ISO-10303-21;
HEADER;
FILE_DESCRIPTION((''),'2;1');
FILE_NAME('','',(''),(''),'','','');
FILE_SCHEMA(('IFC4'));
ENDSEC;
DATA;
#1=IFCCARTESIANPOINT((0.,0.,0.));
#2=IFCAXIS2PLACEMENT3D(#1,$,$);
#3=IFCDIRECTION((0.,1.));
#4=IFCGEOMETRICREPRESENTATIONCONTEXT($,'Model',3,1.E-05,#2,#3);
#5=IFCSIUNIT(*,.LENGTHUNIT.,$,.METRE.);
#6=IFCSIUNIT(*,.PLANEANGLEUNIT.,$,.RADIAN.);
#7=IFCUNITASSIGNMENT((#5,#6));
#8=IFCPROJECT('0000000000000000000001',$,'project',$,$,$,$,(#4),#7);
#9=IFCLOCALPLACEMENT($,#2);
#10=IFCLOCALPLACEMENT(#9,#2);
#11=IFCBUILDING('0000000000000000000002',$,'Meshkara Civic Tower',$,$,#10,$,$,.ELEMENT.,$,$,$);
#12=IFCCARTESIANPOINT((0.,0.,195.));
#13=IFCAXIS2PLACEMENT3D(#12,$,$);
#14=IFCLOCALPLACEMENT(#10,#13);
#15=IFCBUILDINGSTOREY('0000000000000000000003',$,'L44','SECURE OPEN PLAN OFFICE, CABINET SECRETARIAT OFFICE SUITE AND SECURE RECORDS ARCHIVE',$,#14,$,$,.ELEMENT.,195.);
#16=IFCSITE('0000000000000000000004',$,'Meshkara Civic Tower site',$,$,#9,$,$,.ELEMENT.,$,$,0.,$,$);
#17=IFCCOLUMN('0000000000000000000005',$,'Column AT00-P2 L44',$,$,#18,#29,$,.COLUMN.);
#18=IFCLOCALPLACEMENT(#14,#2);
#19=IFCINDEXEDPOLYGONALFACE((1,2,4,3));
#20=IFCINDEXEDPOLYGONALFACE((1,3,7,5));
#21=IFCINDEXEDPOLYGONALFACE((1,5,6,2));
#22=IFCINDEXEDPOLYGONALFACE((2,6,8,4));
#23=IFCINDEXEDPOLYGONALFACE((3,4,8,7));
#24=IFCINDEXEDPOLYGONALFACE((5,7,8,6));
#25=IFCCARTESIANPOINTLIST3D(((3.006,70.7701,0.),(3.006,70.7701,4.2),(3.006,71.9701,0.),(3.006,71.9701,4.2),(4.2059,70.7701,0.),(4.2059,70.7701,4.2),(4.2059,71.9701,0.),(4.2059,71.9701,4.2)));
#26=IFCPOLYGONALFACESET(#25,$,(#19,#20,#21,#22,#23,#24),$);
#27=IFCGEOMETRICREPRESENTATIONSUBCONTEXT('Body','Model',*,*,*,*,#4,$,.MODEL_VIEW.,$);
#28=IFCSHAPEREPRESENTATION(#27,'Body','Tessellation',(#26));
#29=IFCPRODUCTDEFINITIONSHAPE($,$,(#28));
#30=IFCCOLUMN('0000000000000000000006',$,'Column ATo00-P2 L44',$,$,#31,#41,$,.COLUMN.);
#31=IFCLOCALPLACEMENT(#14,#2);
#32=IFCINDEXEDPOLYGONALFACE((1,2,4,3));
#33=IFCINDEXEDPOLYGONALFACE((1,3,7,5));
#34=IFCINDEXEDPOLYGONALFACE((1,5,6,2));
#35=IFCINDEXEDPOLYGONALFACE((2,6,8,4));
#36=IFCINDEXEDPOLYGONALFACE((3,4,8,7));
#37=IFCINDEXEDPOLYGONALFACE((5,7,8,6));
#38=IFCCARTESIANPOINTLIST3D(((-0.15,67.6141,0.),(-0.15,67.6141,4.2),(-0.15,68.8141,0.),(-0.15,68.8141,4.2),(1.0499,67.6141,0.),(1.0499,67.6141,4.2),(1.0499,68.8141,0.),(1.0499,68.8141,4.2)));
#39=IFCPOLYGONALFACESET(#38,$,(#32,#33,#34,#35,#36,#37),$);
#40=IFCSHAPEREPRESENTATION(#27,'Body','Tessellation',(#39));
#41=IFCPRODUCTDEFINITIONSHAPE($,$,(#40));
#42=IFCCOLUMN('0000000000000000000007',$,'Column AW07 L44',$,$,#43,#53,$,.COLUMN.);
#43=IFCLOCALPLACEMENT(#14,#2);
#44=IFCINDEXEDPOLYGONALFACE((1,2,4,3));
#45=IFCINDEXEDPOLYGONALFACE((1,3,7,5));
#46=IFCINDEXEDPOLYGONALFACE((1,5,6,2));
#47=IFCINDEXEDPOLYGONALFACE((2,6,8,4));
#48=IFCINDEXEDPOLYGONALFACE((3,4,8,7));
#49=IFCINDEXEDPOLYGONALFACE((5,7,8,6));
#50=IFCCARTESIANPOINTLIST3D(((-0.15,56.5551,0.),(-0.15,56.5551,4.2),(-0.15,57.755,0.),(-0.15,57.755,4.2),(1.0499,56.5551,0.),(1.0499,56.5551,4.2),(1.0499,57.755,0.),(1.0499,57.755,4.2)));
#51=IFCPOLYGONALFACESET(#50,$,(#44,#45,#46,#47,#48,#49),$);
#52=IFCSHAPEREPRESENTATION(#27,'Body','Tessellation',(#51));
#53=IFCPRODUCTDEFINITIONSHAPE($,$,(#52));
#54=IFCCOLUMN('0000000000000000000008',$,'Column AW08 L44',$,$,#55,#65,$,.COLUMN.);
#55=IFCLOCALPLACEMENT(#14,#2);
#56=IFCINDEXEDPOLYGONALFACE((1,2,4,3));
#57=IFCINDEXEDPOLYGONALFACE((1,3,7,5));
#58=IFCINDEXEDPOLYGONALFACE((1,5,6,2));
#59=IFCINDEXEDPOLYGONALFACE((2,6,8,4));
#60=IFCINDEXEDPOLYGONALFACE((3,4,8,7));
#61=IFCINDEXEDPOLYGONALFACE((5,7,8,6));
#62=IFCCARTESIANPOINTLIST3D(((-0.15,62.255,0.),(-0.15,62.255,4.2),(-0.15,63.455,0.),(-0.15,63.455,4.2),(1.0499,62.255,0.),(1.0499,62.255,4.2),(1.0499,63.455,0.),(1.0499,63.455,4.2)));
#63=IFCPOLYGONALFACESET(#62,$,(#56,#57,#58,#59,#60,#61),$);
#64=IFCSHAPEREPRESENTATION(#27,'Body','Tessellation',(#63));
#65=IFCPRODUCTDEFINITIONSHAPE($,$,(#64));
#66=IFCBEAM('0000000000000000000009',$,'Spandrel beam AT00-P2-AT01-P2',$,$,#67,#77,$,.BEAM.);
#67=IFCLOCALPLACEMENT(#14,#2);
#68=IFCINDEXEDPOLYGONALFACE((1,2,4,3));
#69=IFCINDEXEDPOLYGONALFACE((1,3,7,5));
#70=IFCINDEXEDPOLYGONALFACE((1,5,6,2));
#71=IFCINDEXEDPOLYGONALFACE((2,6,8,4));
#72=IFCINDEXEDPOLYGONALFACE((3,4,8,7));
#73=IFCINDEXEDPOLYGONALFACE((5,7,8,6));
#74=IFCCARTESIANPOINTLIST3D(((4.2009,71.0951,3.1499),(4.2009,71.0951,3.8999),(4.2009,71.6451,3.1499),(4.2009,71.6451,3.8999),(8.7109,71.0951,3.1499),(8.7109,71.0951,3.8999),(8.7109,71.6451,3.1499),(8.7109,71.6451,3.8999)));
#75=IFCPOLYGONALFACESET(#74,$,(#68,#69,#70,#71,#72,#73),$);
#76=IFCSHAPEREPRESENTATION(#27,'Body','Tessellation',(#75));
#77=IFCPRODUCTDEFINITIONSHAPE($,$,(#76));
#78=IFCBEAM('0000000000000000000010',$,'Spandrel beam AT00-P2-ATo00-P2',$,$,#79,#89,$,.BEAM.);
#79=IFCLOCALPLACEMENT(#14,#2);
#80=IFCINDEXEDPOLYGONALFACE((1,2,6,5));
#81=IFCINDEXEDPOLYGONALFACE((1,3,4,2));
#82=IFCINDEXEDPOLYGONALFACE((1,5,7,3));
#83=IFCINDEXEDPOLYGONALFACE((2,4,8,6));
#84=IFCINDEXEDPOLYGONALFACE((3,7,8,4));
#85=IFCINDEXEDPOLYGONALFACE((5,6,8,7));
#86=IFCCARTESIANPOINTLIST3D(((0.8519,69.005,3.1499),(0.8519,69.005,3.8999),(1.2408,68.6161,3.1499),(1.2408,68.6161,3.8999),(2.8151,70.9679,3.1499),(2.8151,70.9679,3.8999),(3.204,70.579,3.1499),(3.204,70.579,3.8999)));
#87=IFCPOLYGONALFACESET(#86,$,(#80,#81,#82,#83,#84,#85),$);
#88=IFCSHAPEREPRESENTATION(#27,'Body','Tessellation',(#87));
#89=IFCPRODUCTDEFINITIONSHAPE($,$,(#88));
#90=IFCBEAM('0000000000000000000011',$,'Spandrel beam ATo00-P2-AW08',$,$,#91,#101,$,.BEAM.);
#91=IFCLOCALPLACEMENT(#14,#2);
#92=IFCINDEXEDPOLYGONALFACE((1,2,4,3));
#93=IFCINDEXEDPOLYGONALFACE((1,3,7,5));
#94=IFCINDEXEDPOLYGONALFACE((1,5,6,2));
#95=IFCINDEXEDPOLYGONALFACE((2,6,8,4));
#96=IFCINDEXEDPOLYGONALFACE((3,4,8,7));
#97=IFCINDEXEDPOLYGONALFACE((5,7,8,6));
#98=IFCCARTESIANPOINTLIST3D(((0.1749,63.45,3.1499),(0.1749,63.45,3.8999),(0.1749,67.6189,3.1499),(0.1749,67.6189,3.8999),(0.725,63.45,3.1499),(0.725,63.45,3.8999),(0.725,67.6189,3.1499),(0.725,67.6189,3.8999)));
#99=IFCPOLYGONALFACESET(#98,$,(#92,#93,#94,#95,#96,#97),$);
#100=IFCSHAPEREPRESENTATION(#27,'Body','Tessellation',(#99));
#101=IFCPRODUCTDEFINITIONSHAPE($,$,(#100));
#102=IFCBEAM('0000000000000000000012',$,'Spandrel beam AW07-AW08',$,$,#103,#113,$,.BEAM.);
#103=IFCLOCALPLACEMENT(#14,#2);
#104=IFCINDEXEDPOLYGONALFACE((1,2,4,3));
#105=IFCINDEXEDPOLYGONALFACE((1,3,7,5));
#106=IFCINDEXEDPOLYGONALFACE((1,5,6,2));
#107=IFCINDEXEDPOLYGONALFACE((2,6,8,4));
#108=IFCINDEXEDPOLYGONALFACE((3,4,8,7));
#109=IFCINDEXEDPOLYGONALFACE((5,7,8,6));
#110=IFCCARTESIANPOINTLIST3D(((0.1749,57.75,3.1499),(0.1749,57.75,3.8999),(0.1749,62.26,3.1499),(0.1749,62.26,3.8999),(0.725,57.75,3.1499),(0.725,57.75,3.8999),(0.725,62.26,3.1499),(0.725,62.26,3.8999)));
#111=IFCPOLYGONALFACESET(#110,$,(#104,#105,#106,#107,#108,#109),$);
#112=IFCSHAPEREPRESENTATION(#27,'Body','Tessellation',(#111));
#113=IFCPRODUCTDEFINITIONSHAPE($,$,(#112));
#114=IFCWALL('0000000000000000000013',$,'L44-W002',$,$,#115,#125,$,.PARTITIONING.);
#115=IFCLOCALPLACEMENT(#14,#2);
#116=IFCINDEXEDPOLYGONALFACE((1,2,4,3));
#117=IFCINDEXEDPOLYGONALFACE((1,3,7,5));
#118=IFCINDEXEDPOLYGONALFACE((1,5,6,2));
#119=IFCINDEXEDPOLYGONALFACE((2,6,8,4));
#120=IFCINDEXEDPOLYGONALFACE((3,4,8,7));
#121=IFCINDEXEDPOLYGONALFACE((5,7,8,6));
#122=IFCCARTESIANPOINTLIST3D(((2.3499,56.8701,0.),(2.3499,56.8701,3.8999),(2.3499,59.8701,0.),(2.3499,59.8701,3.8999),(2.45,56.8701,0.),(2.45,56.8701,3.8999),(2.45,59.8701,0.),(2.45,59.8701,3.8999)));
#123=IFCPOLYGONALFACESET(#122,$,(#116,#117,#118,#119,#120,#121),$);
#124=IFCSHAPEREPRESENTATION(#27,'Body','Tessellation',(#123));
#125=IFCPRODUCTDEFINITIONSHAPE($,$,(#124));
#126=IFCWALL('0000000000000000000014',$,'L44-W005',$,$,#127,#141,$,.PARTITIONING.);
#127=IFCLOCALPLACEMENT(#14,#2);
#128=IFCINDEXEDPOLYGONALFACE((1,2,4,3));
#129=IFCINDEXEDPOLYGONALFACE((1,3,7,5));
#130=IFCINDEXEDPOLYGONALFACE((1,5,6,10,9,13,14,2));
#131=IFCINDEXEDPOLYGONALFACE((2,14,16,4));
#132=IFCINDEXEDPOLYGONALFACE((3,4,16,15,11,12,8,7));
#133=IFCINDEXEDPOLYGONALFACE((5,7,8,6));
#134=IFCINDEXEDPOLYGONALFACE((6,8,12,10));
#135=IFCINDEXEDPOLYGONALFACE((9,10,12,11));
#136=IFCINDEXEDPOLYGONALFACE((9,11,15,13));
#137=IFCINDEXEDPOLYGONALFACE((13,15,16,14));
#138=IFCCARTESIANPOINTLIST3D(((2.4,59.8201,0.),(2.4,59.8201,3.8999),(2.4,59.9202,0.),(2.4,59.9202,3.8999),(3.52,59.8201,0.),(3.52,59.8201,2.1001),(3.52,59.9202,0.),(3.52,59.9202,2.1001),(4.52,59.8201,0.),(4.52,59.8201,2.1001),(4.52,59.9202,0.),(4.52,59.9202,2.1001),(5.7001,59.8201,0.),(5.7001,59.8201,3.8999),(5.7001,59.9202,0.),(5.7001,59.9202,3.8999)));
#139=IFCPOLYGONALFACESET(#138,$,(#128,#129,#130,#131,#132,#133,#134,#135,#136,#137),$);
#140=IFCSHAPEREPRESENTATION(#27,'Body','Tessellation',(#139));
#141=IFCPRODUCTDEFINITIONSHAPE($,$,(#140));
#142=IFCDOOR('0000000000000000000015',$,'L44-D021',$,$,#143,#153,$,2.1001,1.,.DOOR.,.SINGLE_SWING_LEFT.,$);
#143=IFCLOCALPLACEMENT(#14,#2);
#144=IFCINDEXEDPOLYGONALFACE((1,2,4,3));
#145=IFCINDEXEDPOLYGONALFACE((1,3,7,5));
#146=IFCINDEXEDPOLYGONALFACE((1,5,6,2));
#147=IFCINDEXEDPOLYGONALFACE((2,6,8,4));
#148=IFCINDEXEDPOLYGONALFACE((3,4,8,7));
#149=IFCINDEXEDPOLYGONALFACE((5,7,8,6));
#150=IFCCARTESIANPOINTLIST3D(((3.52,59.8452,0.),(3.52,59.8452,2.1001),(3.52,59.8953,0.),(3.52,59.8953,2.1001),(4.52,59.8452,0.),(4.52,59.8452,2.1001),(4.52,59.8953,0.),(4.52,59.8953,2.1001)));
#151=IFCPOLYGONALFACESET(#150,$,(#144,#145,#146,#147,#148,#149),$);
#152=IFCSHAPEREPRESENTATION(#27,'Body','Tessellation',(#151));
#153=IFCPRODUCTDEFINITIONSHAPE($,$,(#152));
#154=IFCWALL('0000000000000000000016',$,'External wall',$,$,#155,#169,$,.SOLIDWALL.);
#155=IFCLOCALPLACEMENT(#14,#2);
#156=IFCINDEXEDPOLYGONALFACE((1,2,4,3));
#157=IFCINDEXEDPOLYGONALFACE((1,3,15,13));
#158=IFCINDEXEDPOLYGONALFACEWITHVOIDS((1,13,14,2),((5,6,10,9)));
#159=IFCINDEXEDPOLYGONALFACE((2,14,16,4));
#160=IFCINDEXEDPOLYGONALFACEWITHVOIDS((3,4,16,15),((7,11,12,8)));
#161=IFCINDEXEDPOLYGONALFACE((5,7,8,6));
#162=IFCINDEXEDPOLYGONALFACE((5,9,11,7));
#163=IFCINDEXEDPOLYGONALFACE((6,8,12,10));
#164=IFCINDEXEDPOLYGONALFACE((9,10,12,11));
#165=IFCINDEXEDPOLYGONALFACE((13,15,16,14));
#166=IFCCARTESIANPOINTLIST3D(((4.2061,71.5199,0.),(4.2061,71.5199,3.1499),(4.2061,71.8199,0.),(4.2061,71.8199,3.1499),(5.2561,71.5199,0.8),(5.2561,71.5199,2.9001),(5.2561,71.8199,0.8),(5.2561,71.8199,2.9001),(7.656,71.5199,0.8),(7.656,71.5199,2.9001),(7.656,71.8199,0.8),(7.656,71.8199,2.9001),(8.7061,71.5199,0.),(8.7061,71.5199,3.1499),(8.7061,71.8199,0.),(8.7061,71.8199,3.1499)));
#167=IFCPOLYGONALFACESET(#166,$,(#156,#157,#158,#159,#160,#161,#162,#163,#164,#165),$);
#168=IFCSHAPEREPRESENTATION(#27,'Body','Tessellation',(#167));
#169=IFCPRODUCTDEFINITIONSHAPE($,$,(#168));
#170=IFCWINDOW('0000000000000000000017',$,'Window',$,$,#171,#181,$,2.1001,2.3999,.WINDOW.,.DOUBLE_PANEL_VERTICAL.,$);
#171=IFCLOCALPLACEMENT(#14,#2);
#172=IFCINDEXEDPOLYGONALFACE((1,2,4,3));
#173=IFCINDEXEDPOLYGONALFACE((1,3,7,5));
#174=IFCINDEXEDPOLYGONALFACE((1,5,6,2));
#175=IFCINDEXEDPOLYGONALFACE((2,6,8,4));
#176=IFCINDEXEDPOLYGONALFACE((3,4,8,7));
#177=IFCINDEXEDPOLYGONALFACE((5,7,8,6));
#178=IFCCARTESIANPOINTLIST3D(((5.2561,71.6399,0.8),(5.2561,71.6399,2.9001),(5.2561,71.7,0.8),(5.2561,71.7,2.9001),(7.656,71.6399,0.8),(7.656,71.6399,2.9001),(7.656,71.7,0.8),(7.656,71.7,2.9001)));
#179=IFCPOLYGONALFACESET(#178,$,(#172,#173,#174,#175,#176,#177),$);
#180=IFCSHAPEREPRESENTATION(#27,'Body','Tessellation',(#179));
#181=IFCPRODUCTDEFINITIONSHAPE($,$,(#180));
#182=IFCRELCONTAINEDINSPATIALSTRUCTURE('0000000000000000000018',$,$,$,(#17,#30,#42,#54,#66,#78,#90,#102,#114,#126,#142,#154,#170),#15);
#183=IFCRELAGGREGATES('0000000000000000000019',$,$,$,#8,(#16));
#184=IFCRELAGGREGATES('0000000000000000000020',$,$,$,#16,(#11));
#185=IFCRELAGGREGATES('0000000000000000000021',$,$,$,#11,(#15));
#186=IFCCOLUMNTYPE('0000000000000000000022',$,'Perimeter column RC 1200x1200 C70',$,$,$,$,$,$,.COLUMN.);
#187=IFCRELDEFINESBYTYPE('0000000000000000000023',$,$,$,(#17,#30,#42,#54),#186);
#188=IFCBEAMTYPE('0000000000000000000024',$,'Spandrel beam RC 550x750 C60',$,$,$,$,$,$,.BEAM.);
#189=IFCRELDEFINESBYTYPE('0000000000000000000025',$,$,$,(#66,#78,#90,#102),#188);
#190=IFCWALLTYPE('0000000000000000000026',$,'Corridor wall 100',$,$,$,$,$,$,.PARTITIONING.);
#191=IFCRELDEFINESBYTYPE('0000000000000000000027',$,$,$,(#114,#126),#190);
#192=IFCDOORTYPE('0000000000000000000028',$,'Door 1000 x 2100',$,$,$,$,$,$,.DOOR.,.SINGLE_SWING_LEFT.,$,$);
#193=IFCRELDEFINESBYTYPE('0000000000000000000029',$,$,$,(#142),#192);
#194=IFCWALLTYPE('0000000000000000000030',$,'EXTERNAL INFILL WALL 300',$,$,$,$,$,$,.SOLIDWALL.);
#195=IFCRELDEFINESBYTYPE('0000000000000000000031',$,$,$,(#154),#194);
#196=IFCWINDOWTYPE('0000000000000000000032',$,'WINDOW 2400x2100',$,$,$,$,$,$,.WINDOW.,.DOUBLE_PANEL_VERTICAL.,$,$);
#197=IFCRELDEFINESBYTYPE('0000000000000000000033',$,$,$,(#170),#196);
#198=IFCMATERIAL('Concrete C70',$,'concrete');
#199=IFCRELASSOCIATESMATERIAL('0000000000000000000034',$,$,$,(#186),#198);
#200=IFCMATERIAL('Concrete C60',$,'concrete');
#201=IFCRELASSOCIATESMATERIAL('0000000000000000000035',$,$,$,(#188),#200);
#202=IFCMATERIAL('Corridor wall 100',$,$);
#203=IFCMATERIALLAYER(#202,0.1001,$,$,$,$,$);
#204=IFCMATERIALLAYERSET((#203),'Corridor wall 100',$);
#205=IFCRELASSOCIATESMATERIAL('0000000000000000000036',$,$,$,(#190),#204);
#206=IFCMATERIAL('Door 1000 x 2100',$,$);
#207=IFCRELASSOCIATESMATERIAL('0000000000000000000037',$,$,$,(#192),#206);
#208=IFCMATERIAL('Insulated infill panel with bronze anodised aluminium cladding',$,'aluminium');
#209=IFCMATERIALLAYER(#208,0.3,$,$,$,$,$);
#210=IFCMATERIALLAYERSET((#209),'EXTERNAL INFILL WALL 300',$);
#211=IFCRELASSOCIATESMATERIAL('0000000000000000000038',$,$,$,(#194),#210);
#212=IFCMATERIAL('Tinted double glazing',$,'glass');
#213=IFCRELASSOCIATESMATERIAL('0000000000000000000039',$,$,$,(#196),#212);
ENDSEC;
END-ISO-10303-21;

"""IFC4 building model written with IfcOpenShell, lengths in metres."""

from ifc_helpers import new_model, si_unit, direction, frame, frame_2d, origin, origin_2d, place, context, subcontext, project, spatial, rectangle, extrude, material, layer, layer_set, material_profile, profile_set, type_object, element, fill, save


model = new_model("IFC4")

# Units and contexts
model_context = context("Model", 3, precision=1e-05, world=origin(), true_north=direction((0.0, 1.0)))
body_context = subcontext(model_context, "Body", "Model", "MODEL_VIEW")
ifc_project = project(units=[si_unit("LENGTHUNIT", "METRE"), si_unit("PLANEANGLEUNIT", "RADIAN")], contexts=[model_context])

# Site, building, storey
site_placement = place(None, origin())
site = spatial("IfcSite", under=ifc_project, at=site_placement, Name="Meshkara Civic Tower site", CompositionType="ELEMENT", RefElevation=0.0)
building_placement = place(site_placement, origin())
building = spatial("IfcBuilding", under=site, at=building_placement, Name="Meshkara Civic Tower", CompositionType="ELEMENT")
storey_placement = place(building_placement, frame((0.0, 0.0, 195.0)))
storey = spatial("IfcBuildingStorey", under=building, at=storey_placement, Name="L44", Description="SECURE OPEN PLAN OFFICE, CABINET SECRETARIAT OFFICE SUITE AND SECURE RECORDS ARCHIVE", CompositionType="ELEMENT", Elevation=195.0)

# Columns
ifc_material_1 = material(Name="Concrete C70", Category="concrete")
ifc_material_profile_1 = material_profile(ifc_material_1, rectangle(XDim=1.2, YDim=1.2, at=origin_2d()))
ifc_profile_set_1 = profile_set([ifc_material_profile_1], Name="Concrete C70")
column_type = type_object("IfcColumnType", Name="Perimeter column RC 1200x1200 C70", PredefinedType="COLUMN", material=ifc_profile_set_1)
for number, where, z_axis, x_axis, name in (
    (1, (3.606, 71.3701, 0.0), (0.0, 0.0, 1.0), (1.0, 0.0, 0.0), "Column AT00-P2 L44"),
    (2, (0.45, 68.2141, 0.0), (0.0, 0.0, 1.0), (1.0, 0.0, 0.0), "Column ATo00-P2 L44"),
    (3, (0.45, 57.155, 0.0), (0.0, 0.0, 1.0), (1.0, 0.0, 0.0), "Column AW07 L44"),
    (4, (0.45, 62.855, 0.0), (0.0, 0.0, 1.0), (1.0, 0.0, 0.0), "Column AW08 L44"),
):
    element("IfcColumn", number, at=place(storey_placement, frame(where, z_axis=z_axis, x_axis=x_axis)), inside=storey, type_object=column_type, Name=name, PredefinedType="COLUMN", context=body_context, shape_type="SweptSolid", body=[
        extrude(rectangle(XDim=1.2, YDim=1.2, at=origin_2d()), origin(), (0.0, 0.0, 1.0), 4.2),
    ])

# Beams
ifc_material_2 = material(Name="Concrete C60", Category="concrete")
ifc_material_profile_2 = material_profile(ifc_material_2, rectangle(XDim=0.55, YDim=0.75, at=origin_2d()))
ifc_profile_set_2 = profile_set([ifc_material_profile_2], Name="Concrete C60")
beam_type = type_object("IfcBeamType", Name="Spandrel beam RC 550x750 C60", PredefinedType="BEAM", material=ifc_profile_set_2)
beam_1_placement = place(storey_placement, frame((8.7109, 71.3701, 3.5249), z_axis=(-1.0, 0.0, 0.0), x_axis=(0.0, -1.0, 0.0)))
element("IfcBeam", 5, at=beam_1_placement, inside=storey, type_object=beam_type, Name="Spandrel beam AT00-P2-AT01-P2", PredefinedType="BEAM", context=body_context, shape_type="SweptSolid", body=[
    extrude(rectangle(XDim=0.55, YDim=0.75, at=origin_2d()), origin(), (0.0, 0.0, 1.0), 4.51),
])
beam_2_placement = place(storey_placement, frame((3.0095, 70.7734, 3.5249), z_axis=(-0.707151, -0.707063, 0.0), x_axis=(0.707063, -0.707151, 0.0)))
element("IfcBeam", 6, at=beam_2_placement, inside=storey, type_object=beam_type, Name="Spandrel beam AT00-P2-ATo00-P2", PredefinedType="BEAM", context=body_context, shape_type="SweptSolid", body=[
    extrude(rectangle(XDim=0.55, YDim=0.75, at=origin_2d()), origin(), (0.0, 0.0, 1.0), 2.7761),
])
beam_3_placement = place(storey_placement, frame((0.45, 67.6189, 3.5249), z_axis=(0.0, -1.0, 0.0), x_axis=(1.0, 0.0, 0.0)))
element("IfcBeam", 7, at=beam_3_placement, inside=storey, type_object=beam_type, Name="Spandrel beam ATo00-P2-AW08", PredefinedType="BEAM", context=body_context, shape_type="SweptSolid", body=[
    extrude(rectangle(XDim=0.55, YDim=0.75, at=origin_2d()), origin(), (0.0, 0.0, 1.0), 4.1689),
])
beam_4_placement = place(storey_placement, frame((0.45, 62.26, 3.5249), z_axis=(0.0, -1.0, 0.0), x_axis=(1.0, 0.0, 0.0)))
element("IfcBeam", 8, at=beam_4_placement, inside=storey, type_object=beam_type, Name="Spandrel beam AW07-AW08", PredefinedType="BEAM", context=body_context, shape_type="SweptSolid", body=[
    extrude(rectangle(XDim=0.55, YDim=0.75, at=origin_2d()), origin(), (0.0, 0.0, 1.0), 4.51),
])

# Wall
ifc_material_3 = material(Name="Corridor wall 100")
ifc_layer_1 = layer(ifc_material_3, 0.1001)
ifc_layer_set_1 = layer_set([ifc_layer_1], Name="Corridor wall 100")
wall_type_1 = type_object("IfcWallType", Name="Corridor wall 100", PredefinedType="PARTITIONING", material=ifc_layer_set_1)
wall_1_placement = place(storey_placement, frame((2.3999, 59.8701, 0.0), z_axis=(0.0, 0.0, 1.0), x_axis=(0.0, -1.0, 0.0)))
element("IfcWall", 9, at=wall_1_placement, inside=storey, type_object=wall_type_1, Name="L44-W002", PredefinedType="PARTITIONING", context=body_context, shape_type="SweptSolid", body=[
    extrude(rectangle(XDim=3.0, YDim=0.1001, at=frame_2d((1.5, 0.0))), origin(), (0.0, 0.0, 1.0), 3.8999),
])

# Wall, opening, door
wall_2_placement = place(storey_placement, frame((5.7, 59.8701, 0.0), z_axis=(0.0, 0.0, 1.0), x_axis=(-1.0, 0.0, 0.0)))
wall_2 = element("IfcWall", 10, at=wall_2_placement, inside=storey, type_object=wall_type_1, Name="L44-W005", PredefinedType="PARTITIONING", context=body_context, shape_type="SweptSolid", body=[
    extrude(rectangle(XDim=3.3, YDim=0.1001, at=frame_2d((1.6499, 0.0))), origin(), (0.0, 0.0, 1.0), 3.8999),
])
opening_1_placement = place(wall_2_placement, frame((1.1799, 0.0, 0.0)))
opening_1 = element("IfcOpeningElement", 11, at=opening_1_placement, cuts=wall_2, PredefinedType="OPENING", context=body_context, shape_type="SweptSolid", body=[
    extrude(rectangle(XDim=1.0, YDim=2.1001, at=frame_2d((0.5, 1.05))), frame((0.0, 0.0601, 0.0), z_axis=(0.0, -1.0, 0.0), x_axis=(1.0, 0.0, 0.0)), (0.0, 0.0, 1.0), 0.1201),
])
ifc_material_4 = material(Name="Door 1000 x 2100")
door_type_1 = type_object("IfcDoorType", Name="Door 1000 x 2100", OperationType="SINGLE_SWING_LEFT", PredefinedType="DOOR", material=ifc_material_4)
door_1_placement = place(opening_1_placement, origin())
door_1 = element("IfcDoor", 12, at=door_1_placement, inside=storey, type_object=door_type_1, Name="L44-D021", OperationType="SINGLE_SWING_LEFT", OverallHeight=2.1001, OverallWidth=1.0, PredefinedType="DOOR", context=body_context, shape_type="SweptSolid", body=[
    extrude(rectangle(XDim=1.0, YDim=2.1001, at=frame_2d((0.5, 1.05))), frame((0.0, 0.0249, 0.0), z_axis=(0.0, -1.0, 0.0), x_axis=(1.0, 0.0, 0.0)), (0.0, 0.0, 1.0), 0.05),
])
fill(opening_1, door_1)

# Wall, opening, window
ifc_material_5 = material(Name="Insulated infill panel with bronze anodised aluminium cladding", Category="aluminium")
ifc_layer_2 = layer(ifc_material_5, 0.3)
ifc_layer_set_2 = layer_set([ifc_layer_2], Name="EXTERNAL INFILL WALL 300")
wall_type_2 = type_object("IfcWallType", Name="EXTERNAL INFILL WALL 300", PredefinedType="SOLIDWALL", material=ifc_layer_set_2)
wall_3_placement = place(storey_placement, frame((8.7061, 71.6699, 0.0), z_axis=(0.0, 0.0, 1.0), x_axis=(-1.0, 0.0, 0.0)))
wall_3 = element("IfcWall", 13, at=wall_3_placement, inside=storey, type_object=wall_type_2, Name="External wall", PredefinedType="SOLIDWALL", context=body_context, shape_type="SweptSolid", body=[
    extrude(rectangle(XDim=4.5, YDim=0.3, at=frame_2d((2.25, 0.0))), origin(), (0.0, 0.0, 1.0), 3.1499),
])
opening_2_placement = place(wall_3_placement, frame((1.05, 0.0, 0.8)))
opening_2 = element("IfcOpeningElement", 14, at=opening_2_placement, cuts=wall_3, PredefinedType="OPENING", context=body_context, shape_type="SweptSolid", body=[
    extrude(rectangle(XDim=2.3999, YDim=2.1001, at=frame_2d((1.2, 1.05))), frame((0.0, 0.1599, 0.0), z_axis=(0.0, -1.0, 0.0), x_axis=(1.0, 0.0, 0.0)), (0.0, 0.0, 1.0), 0.3201),
])
ifc_material_6 = material(Name="Tinted double glazing", Category="glass")
window_type_1 = type_object("IfcWindowType", Name="WINDOW 2400x2100", PartitioningType="DOUBLE_PANEL_VERTICAL", PredefinedType="WINDOW", material=ifc_material_6)
window_1_placement = place(opening_2_placement, origin())
window_1 = element("IfcWindow", 15, at=window_1_placement, inside=storey, type_object=window_type_1, Name="Window", OverallHeight=2.1001, OverallWidth=2.3999, PartitioningType="DOUBLE_PANEL_VERTICAL", PredefinedType="WINDOW", context=body_context, shape_type="SweptSolid", body=[
    extrude(rectangle(XDim=2.3999, YDim=2.1001, at=frame_2d((1.2, 1.05))), frame((0.0, 0.03, 0.0), z_axis=(0.0, -1.0, 0.0), x_axis=(1.0, 0.0, 0.0)), (0.0, 0.0, 1.0), 0.0601),
])
fill(opening_2, window_1)

save(model, "model.ifc")
